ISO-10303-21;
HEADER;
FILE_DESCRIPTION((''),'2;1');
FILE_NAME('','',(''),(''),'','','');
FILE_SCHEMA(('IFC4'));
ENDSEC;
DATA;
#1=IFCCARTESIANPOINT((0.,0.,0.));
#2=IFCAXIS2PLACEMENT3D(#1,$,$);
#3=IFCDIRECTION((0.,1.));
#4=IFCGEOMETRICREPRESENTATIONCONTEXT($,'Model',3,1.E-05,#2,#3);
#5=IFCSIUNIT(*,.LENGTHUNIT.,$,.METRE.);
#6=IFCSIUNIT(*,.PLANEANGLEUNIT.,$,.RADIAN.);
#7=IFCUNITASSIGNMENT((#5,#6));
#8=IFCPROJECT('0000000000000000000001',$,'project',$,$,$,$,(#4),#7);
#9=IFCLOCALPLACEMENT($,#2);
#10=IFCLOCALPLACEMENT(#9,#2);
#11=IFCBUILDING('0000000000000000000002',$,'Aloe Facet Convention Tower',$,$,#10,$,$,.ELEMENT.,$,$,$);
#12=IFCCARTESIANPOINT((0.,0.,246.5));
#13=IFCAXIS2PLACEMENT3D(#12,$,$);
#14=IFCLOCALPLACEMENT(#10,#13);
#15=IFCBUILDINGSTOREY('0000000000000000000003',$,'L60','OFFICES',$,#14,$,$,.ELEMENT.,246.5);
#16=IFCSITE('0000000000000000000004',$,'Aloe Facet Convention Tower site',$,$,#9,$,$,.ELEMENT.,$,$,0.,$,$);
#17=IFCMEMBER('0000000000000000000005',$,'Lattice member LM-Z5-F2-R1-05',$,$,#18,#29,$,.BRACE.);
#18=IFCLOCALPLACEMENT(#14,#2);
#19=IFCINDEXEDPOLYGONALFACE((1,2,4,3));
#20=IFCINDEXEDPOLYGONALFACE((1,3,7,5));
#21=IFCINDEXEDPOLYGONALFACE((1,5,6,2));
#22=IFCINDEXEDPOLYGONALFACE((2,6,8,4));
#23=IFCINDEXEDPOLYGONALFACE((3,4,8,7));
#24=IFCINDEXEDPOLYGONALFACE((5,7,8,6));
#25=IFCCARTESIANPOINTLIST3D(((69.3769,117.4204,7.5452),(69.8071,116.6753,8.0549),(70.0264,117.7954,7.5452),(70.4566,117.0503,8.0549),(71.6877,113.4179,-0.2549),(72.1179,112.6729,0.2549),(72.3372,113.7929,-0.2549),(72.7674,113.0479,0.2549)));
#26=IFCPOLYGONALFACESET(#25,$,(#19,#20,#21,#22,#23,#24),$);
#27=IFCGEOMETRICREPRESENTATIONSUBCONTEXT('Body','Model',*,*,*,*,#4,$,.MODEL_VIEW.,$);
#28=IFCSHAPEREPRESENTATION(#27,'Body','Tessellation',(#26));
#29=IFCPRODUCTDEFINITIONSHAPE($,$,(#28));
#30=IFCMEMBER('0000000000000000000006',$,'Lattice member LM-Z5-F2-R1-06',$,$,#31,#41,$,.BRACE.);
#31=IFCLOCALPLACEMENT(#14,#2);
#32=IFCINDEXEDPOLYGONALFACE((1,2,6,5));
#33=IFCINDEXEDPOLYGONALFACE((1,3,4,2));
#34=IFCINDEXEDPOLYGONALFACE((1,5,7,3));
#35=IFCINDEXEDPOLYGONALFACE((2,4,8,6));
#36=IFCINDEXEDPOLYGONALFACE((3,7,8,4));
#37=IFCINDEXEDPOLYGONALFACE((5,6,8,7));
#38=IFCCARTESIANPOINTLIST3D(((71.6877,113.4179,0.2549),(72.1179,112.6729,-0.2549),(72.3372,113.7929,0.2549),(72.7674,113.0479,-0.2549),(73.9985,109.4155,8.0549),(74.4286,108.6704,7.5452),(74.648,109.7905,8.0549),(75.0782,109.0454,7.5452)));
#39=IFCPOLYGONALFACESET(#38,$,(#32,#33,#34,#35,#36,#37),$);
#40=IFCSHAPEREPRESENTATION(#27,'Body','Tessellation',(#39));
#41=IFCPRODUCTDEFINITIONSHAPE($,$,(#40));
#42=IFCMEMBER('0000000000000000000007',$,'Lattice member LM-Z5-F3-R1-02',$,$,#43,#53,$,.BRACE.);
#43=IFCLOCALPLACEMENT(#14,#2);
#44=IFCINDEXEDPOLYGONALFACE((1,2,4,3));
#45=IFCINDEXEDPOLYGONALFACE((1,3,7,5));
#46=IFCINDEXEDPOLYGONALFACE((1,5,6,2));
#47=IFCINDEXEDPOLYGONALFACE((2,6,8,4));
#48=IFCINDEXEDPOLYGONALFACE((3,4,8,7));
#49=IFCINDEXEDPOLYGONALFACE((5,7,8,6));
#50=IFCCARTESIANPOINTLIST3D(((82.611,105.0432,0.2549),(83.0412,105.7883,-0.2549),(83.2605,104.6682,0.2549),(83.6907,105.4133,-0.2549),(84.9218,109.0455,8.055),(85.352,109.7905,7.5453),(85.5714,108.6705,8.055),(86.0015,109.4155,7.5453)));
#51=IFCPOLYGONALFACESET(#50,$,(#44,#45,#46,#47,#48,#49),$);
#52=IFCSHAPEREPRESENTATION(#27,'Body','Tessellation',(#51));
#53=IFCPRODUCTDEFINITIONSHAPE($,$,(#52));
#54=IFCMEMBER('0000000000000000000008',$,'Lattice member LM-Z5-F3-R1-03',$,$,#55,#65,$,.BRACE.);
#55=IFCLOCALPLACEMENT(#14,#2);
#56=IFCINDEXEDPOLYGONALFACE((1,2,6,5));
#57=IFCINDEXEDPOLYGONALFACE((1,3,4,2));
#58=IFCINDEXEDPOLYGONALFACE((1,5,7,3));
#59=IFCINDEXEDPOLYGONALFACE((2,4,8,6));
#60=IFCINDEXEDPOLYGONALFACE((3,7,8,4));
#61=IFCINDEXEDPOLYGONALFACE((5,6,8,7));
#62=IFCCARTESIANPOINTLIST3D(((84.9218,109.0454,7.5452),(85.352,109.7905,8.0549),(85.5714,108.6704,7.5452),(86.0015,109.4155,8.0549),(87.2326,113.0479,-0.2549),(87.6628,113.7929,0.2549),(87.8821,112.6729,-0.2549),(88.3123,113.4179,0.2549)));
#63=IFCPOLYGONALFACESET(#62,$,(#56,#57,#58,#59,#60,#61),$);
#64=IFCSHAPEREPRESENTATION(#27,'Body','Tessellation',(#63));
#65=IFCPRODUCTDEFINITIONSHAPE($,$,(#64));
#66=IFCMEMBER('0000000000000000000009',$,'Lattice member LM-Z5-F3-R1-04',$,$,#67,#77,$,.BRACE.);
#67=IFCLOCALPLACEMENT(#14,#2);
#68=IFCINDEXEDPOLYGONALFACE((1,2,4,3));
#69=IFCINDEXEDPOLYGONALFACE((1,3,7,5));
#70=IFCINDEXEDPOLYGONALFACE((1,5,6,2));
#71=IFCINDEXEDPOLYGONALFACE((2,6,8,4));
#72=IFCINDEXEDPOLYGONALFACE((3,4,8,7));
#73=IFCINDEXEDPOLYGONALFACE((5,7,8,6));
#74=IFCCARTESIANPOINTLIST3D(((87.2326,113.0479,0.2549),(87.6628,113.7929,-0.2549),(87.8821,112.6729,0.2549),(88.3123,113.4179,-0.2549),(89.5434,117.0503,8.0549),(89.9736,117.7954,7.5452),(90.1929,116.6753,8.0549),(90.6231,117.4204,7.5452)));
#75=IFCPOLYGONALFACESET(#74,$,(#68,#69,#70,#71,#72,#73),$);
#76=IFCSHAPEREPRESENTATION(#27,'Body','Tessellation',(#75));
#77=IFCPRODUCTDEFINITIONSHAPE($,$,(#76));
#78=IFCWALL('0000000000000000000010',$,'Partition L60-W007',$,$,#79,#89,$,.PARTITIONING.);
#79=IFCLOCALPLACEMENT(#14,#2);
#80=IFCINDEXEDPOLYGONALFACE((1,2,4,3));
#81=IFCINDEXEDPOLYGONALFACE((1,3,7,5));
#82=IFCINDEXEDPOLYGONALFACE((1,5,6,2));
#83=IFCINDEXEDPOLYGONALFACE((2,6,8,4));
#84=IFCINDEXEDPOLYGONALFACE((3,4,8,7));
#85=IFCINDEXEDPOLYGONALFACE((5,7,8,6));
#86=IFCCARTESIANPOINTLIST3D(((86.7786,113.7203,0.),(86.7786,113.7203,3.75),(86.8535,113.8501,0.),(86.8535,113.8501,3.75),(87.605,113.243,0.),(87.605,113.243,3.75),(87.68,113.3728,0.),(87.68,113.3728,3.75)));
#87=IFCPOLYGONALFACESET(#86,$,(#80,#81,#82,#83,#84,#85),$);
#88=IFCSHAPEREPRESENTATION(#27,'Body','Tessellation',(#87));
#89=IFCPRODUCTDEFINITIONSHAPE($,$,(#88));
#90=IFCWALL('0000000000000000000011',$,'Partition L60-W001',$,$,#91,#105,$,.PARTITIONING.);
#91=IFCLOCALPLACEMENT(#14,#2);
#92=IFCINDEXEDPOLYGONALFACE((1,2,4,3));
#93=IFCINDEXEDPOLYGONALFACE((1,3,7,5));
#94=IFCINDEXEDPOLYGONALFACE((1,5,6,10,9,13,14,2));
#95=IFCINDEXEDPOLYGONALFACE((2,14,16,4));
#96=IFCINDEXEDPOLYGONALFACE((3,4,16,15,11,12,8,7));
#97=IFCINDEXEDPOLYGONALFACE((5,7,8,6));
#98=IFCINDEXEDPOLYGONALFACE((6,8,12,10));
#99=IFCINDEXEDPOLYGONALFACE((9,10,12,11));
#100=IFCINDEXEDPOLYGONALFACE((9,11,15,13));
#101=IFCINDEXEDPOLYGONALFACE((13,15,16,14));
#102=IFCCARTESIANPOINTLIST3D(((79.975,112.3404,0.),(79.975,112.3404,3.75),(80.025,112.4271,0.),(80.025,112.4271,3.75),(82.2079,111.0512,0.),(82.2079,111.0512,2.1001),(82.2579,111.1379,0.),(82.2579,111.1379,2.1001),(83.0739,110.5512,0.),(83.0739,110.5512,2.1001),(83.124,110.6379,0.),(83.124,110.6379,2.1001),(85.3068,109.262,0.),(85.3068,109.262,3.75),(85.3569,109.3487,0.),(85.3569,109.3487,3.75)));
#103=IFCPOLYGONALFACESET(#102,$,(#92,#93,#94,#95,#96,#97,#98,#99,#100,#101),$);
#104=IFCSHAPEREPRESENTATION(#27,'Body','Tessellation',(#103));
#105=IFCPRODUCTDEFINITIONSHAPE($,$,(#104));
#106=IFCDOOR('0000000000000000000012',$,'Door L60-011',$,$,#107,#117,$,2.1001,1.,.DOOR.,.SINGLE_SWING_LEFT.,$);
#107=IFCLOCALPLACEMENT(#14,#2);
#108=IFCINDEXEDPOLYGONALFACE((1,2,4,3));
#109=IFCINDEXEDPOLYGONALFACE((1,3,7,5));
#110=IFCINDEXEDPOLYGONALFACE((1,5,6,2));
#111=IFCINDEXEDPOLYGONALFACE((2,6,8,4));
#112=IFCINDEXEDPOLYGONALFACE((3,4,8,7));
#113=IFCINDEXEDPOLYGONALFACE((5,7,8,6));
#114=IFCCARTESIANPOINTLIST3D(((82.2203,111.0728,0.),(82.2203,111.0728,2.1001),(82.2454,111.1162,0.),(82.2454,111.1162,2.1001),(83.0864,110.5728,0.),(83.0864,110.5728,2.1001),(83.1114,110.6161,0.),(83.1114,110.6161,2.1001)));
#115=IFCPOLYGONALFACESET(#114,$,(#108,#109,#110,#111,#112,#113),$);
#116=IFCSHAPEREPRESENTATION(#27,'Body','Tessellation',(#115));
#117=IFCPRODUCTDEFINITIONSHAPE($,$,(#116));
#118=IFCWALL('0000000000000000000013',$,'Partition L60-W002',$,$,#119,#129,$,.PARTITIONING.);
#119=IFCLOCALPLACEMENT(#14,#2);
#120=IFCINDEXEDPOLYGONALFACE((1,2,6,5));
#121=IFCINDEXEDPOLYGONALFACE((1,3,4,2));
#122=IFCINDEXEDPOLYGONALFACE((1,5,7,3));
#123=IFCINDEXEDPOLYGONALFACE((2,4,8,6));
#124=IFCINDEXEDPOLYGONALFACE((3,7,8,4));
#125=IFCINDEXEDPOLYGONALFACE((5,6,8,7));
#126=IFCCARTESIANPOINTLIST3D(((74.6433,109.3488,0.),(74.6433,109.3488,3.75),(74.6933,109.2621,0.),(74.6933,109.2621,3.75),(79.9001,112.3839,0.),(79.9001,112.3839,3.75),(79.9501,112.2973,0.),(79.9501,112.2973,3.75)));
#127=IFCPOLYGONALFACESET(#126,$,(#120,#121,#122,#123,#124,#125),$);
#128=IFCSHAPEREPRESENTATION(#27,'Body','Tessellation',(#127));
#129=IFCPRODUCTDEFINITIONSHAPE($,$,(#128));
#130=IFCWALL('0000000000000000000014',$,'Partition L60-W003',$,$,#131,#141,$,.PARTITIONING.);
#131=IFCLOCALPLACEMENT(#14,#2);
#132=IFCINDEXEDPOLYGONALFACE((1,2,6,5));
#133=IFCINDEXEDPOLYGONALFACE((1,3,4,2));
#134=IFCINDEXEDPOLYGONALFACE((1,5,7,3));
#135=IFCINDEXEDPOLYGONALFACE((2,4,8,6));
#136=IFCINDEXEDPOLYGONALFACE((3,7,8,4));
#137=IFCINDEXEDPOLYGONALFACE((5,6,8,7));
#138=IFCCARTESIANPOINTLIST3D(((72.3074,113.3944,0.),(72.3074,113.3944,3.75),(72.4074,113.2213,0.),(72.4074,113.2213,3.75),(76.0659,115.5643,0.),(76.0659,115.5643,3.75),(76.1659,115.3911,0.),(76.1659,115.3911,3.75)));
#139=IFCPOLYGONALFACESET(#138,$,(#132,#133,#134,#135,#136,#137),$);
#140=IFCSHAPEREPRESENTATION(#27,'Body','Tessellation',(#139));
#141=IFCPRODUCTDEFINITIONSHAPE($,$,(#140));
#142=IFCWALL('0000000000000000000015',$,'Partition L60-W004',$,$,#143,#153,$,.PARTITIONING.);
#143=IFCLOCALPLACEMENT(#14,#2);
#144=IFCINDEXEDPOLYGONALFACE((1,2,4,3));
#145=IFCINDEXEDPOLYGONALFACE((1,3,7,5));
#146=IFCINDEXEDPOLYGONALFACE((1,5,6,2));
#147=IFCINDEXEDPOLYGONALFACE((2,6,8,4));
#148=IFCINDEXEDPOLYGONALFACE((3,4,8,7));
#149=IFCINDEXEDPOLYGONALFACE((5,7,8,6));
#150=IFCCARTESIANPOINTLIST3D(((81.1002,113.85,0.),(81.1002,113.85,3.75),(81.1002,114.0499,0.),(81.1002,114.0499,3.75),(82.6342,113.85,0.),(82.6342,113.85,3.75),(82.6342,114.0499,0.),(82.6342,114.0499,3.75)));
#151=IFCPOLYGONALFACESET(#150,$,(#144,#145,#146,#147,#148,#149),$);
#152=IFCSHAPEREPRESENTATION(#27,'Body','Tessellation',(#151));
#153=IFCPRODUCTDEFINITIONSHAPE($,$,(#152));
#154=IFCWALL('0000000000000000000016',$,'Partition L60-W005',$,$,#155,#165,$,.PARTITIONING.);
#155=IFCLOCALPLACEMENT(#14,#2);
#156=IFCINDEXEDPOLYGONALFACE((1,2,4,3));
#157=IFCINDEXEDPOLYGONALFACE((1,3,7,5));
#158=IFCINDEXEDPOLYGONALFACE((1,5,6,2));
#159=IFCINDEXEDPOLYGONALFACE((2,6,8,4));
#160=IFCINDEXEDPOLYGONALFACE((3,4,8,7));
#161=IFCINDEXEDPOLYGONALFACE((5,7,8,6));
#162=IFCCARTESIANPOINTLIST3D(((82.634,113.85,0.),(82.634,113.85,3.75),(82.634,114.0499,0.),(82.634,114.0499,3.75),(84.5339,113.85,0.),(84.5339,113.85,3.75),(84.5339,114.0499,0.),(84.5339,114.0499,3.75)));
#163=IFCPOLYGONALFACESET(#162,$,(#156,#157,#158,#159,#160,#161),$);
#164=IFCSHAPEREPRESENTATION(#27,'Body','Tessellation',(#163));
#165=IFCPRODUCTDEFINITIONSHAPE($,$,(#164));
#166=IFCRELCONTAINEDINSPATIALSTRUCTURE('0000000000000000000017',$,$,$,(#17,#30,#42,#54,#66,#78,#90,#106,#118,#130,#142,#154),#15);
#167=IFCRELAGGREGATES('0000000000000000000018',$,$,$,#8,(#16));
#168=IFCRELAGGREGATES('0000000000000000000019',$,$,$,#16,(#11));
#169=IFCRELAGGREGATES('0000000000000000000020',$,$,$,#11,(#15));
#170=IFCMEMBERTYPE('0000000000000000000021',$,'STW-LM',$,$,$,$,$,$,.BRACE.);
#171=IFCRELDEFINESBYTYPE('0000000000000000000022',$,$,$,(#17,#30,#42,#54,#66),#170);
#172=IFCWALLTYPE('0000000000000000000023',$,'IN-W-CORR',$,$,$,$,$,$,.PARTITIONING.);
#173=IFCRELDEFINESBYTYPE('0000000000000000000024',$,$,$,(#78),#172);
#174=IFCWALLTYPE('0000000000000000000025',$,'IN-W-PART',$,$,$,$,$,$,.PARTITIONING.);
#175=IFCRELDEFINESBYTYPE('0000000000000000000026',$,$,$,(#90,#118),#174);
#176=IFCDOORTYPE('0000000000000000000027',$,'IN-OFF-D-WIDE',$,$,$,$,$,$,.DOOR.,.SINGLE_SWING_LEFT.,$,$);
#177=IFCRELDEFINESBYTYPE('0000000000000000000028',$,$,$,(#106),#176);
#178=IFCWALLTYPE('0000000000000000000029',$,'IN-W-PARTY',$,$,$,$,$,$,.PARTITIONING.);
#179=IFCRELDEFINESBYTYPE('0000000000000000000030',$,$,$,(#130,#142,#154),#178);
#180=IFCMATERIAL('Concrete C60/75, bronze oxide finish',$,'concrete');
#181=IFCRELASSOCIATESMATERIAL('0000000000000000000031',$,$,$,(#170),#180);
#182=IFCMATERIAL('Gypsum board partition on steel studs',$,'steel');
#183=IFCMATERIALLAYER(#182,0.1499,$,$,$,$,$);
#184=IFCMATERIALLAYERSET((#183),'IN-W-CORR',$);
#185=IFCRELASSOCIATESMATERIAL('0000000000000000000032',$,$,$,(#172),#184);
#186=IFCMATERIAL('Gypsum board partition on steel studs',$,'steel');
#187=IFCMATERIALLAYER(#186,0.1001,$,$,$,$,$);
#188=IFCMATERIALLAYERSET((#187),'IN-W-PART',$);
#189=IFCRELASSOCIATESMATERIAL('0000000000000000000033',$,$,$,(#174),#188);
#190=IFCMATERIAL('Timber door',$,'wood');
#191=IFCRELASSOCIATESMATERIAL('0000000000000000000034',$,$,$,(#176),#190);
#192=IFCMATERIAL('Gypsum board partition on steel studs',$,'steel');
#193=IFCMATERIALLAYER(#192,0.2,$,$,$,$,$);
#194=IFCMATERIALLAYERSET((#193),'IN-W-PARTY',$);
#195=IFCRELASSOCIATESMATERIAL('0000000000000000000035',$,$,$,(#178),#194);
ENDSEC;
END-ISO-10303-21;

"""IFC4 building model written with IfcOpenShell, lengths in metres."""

from ifc_helpers import new_model, si_unit, direction, frame, frame_2d, origin, origin_2d, place, context, subcontext, project, spatial, rectangle, extrude, material, layer, layer_set, material_profile, profile_set, type_object, element, fill, save


model = new_model("IFC4")

# Units and contexts
model_context = context("Model", 3, precision=1e-05, world=origin(), true_north=direction((0.0, 1.0)))
body_context = subcontext(model_context, "Body", "Model", "MODEL_VIEW")
ifc_project = project(units=[si_unit("LENGTHUNIT", "METRE"), si_unit("PLANEANGLEUNIT", "RADIAN")], contexts=[model_context])

# Site, building, storey
site_placement = place(None, origin())
site = spatial("IfcSite", under=ifc_project, at=site_placement, Name="Aloe Facet Convention Tower site", CompositionType="ELEMENT", RefElevation=0.0)
building_placement = place(site_placement, origin())
building = spatial("IfcBuilding", under=site, at=building_placement, Name="Aloe Facet Convention Tower", CompositionType="ELEMENT")
storey_placement = place(building_placement, frame((0.0, 0.0, 246.5)))
storey = spatial("IfcBuildingStorey", under=building, at=storey_placement, Name="L60", Description="OFFICES", CompositionType="ELEMENT", Elevation=246.5)

# Members
ifc_material_1 = material(Name="Concrete C60/75, bronze oxide finish", Category="concrete")
ifc_material_profile_1 = material_profile(ifc_material_1, rectangle(XDim=0.75, YDim=1.0, at=origin_2d()), Name="STW-LM")
ifc_profile_set_1 = profile_set([ifc_material_profile_1], Name="Concrete C60/75, bronze oxide finish")
member_type = type_object("IfcMemberType", Name="STW-LM", PredefinedType="BRACE", material=ifc_profile_set_1)
for number, where, z_axis, x_axis, name in (
    (1, (72.2275, 113.2329, 0.0), (-0.254873, 0.441458, 0.860322), (-0.866027, -0.499997, 0.0), "Lattice member LM-Z5-F2-R1-05"),
    (2, (72.2275, 113.2329, 0.0), (0.254873, -0.441458, 0.860322), (0.866027, 0.499997, 0.0), "Lattice member LM-Z5-F2-R1-06"),
    (3, (83.1509, 105.2283, 0.0), (0.254876, 0.441436, 0.860333), (-0.866014, 0.50002, 0.0), "Lattice member LM-Z5-F3-R1-02"),
    (4, (87.7725, 113.2329, 0.0), (-0.254873, -0.441458, 0.860322), (0.866027, -0.499997, 0.0), "Lattice member LM-Z5-F3-R1-03"),
    (5, (87.7725, 113.2329, 0.0), (0.254873, 0.441458, 0.860322), (-0.866027, 0.499997, 0.0), "Lattice member LM-Z5-F3-R1-04"),
):
    element("IfcMember", number, at=place(storey_placement, frame(where, z_axis=z_axis, x_axis=x_axis)), inside=storey, type_object=member_type, Name=name, PredefinedType="BRACE", context=body_context, shape_type="SweptSolid", body=[
        extrude(rectangle(XDim=0.75, YDim=1.0, at=origin_2d()), origin(), (0.0, 0.0, 1.0), 9.0664),
    ])

# Wall
ifc_material_2 = material(Name="Gypsum board partition on steel studs", Category="steel")
ifc_layer_1 = layer(ifc_material_2, 0.1499)
ifc_layer_set_1 = layer_set([ifc_layer_1], Name="IN-W-CORR")
wall_type_1 = type_object("IfcWallType", Name="IN-W-CORR", PredefinedType="PARTITIONING", material=ifc_layer_set_1)
wall_1_placement = place(storey_placement, frame((86.8162, 113.7852, 0.0), z_axis=(0.0, 0.0, 1.0), x_axis=(0.865951, -0.500128, 0.0)))
element("IfcWall", 6, at=wall_1_placement, inside=storey, type_object=wall_type_1, Name="Partition L60-W007", PredefinedType="PARTITIONING", context=body_context, shape_type="SweptSolid", body=[
    extrude(rectangle(XDim=0.9543, YDim=0.1499, at=frame_2d((0.4771, 0.0))), origin(), (0.0, 0.0, 1.0), 3.75),
])

# Wall, opening, door
ifc_material_3 = material(Name="Gypsum board partition on steel studs", Category="steel")
ifc_layer_2 = layer(ifc_material_3, 0.1001)
ifc_layer_set_2 = layer_set([ifc_layer_2], Name="IN-W-PART")
wall_type_2 = type_object("IfcWallType", Name="IN-W-PART", PredefinedType="PARTITIONING", material=ifc_layer_set_2)
wall_2_placement = place(storey_placement, frame((80.0, 112.3838, 0.0), z_axis=(0.0, 0.0, 1.0), x_axis=(0.866021, -0.500007, 0.0)))
wall_2 = element("IfcWall", 7, at=wall_2_placement, inside=storey, type_object=wall_type_2, Name="Partition L60-W001", PredefinedType="PARTITIONING", context=body_context, shape_type="SweptSolid", body=[
    extrude(rectangle(XDim=6.1567, YDim=0.1001, at=frame_2d((3.0784, 0.0))), origin(), (0.0, 0.0, 1.0), 3.75),
])
opening_placement = place(wall_2_placement, frame((2.5784, 0.0, 0.0)))
opening = element("IfcOpeningElement", 8, at=opening_placement, cuts=wall_2, PredefinedType="OPENING", context=body_context, shape_type="SweptSolid", body=[
    extrude(rectangle(XDim=1.0, YDim=2.1001, at=frame_2d((0.5, 1.05))), frame((0.0, 0.0601, 0.0), z_axis=(0.0, -1.0, 0.0), x_axis=(1.0, 0.0, 0.0)), (0.0, 0.0, 1.0), 0.1201),
])
ifc_material_4 = material(Name="Timber door", Category="wood")
door_type = type_object("IfcDoorType", Name="IN-OFF-D-WIDE", OperationType="SINGLE_SWING_LEFT", PredefinedType="DOOR", material=ifc_material_4)
door_placement = place(opening_placement, origin())
door = element("IfcDoor", 9, at=door_placement, inside=storey, type_object=door_type, Name="Door L60-011", OperationType="SINGLE_SWING_LEFT", OverallHeight=2.1001, OverallWidth=1.0, PredefinedType="DOOR", context=body_context, shape_type="SweptSolid", body=[
    extrude(rectangle(XDim=1.0, YDim=2.1001, at=frame_2d((0.5, 1.05))), frame((0.0, 0.0249, 0.0), z_axis=(0.0, -1.0, 0.0), x_axis=(1.0, 0.0, 0.0)), (0.0, 0.0, 1.0), 0.05),
])
fill(opening, door)

# Walls
wall_3_placement = place(storey_placement, frame((74.6682, 109.3054, 0.0), z_axis=(0.0, 0.0, 1.0), x_axis=(0.866017, 0.500015, 0.0)))
element("IfcWall", 10, at=wall_3_placement, inside=storey, type_object=wall_type_2, Name="Partition L60-W002", PredefinedType="PARTITIONING", context=body_context, shape_type="SweptSolid", body=[
    extrude(rectangle(XDim=6.0701, YDim=0.1001, at=frame_2d((3.0352, 0.0))), origin(), (0.0, 0.0, 1.0), 3.75),
])
ifc_material_5 = material(Name="Gypsum board partition on steel studs", Category="steel")
ifc_layer_3 = layer(ifc_material_5, 0.2)
ifc_layer_set_3 = layer_set([ifc_layer_3], Name="IN-W-PARTY")
wall_type_3 = type_object("IfcWallType", Name="IN-W-PARTY", PredefinedType="PARTITIONING", material=ifc_layer_set_3)
wall_4_placement = place(storey_placement, frame((72.3574, 113.3079, 0.0), z_axis=(0.0, 0.0, 1.0), x_axis=(0.866033, 0.499987, 0.0)))
element("IfcWall", 11, at=wall_4_placement, inside=storey, type_object=wall_type_3, Name="Partition L60-W003", PredefinedType="PARTITIONING", context=body_context, shape_type="SweptSolid", body=[
    extrude(rectangle(XDim=4.3398, YDim=0.2, at=frame_2d((2.1699, 0.0))), origin(), (0.0, 0.0, 1.0), 3.75),
])
wall_5_placement = place(storey_placement, frame((81.1001, 113.95, 0.0), z_axis=(0.0, 0.0, 1.0), x_axis=(1.0, 0.0, 0.0)))
element("IfcWall", 12, at=wall_5_placement, inside=storey, type_object=wall_type_3, Name="Partition L60-W004", PredefinedType="PARTITIONING", context=body_context, shape_type="SweptSolid", body=[
    extrude(rectangle(XDim=1.5339, YDim=0.2, at=frame_2d((0.7671, 0.0))), origin(), (0.0, 0.0, 1.0), 3.75),
])
wall_6_placement = place(storey_placement, frame((82.634, 113.95, 0.0), z_axis=(0.0, 0.0, 1.0), x_axis=(1.0, 0.0, 0.0)))
element("IfcWall", 13, at=wall_6_placement, inside=storey, type_object=wall_type_3, Name="Partition L60-W005", PredefinedType="PARTITIONING", context=body_context, shape_type="SweptSolid", body=[
    extrude(rectangle(XDim=1.8999, YDim=0.2, at=frame_2d((0.95, 0.0))), origin(), (0.0, 0.0, 1.0), 3.75),
])

save(model, "model.ifc")
